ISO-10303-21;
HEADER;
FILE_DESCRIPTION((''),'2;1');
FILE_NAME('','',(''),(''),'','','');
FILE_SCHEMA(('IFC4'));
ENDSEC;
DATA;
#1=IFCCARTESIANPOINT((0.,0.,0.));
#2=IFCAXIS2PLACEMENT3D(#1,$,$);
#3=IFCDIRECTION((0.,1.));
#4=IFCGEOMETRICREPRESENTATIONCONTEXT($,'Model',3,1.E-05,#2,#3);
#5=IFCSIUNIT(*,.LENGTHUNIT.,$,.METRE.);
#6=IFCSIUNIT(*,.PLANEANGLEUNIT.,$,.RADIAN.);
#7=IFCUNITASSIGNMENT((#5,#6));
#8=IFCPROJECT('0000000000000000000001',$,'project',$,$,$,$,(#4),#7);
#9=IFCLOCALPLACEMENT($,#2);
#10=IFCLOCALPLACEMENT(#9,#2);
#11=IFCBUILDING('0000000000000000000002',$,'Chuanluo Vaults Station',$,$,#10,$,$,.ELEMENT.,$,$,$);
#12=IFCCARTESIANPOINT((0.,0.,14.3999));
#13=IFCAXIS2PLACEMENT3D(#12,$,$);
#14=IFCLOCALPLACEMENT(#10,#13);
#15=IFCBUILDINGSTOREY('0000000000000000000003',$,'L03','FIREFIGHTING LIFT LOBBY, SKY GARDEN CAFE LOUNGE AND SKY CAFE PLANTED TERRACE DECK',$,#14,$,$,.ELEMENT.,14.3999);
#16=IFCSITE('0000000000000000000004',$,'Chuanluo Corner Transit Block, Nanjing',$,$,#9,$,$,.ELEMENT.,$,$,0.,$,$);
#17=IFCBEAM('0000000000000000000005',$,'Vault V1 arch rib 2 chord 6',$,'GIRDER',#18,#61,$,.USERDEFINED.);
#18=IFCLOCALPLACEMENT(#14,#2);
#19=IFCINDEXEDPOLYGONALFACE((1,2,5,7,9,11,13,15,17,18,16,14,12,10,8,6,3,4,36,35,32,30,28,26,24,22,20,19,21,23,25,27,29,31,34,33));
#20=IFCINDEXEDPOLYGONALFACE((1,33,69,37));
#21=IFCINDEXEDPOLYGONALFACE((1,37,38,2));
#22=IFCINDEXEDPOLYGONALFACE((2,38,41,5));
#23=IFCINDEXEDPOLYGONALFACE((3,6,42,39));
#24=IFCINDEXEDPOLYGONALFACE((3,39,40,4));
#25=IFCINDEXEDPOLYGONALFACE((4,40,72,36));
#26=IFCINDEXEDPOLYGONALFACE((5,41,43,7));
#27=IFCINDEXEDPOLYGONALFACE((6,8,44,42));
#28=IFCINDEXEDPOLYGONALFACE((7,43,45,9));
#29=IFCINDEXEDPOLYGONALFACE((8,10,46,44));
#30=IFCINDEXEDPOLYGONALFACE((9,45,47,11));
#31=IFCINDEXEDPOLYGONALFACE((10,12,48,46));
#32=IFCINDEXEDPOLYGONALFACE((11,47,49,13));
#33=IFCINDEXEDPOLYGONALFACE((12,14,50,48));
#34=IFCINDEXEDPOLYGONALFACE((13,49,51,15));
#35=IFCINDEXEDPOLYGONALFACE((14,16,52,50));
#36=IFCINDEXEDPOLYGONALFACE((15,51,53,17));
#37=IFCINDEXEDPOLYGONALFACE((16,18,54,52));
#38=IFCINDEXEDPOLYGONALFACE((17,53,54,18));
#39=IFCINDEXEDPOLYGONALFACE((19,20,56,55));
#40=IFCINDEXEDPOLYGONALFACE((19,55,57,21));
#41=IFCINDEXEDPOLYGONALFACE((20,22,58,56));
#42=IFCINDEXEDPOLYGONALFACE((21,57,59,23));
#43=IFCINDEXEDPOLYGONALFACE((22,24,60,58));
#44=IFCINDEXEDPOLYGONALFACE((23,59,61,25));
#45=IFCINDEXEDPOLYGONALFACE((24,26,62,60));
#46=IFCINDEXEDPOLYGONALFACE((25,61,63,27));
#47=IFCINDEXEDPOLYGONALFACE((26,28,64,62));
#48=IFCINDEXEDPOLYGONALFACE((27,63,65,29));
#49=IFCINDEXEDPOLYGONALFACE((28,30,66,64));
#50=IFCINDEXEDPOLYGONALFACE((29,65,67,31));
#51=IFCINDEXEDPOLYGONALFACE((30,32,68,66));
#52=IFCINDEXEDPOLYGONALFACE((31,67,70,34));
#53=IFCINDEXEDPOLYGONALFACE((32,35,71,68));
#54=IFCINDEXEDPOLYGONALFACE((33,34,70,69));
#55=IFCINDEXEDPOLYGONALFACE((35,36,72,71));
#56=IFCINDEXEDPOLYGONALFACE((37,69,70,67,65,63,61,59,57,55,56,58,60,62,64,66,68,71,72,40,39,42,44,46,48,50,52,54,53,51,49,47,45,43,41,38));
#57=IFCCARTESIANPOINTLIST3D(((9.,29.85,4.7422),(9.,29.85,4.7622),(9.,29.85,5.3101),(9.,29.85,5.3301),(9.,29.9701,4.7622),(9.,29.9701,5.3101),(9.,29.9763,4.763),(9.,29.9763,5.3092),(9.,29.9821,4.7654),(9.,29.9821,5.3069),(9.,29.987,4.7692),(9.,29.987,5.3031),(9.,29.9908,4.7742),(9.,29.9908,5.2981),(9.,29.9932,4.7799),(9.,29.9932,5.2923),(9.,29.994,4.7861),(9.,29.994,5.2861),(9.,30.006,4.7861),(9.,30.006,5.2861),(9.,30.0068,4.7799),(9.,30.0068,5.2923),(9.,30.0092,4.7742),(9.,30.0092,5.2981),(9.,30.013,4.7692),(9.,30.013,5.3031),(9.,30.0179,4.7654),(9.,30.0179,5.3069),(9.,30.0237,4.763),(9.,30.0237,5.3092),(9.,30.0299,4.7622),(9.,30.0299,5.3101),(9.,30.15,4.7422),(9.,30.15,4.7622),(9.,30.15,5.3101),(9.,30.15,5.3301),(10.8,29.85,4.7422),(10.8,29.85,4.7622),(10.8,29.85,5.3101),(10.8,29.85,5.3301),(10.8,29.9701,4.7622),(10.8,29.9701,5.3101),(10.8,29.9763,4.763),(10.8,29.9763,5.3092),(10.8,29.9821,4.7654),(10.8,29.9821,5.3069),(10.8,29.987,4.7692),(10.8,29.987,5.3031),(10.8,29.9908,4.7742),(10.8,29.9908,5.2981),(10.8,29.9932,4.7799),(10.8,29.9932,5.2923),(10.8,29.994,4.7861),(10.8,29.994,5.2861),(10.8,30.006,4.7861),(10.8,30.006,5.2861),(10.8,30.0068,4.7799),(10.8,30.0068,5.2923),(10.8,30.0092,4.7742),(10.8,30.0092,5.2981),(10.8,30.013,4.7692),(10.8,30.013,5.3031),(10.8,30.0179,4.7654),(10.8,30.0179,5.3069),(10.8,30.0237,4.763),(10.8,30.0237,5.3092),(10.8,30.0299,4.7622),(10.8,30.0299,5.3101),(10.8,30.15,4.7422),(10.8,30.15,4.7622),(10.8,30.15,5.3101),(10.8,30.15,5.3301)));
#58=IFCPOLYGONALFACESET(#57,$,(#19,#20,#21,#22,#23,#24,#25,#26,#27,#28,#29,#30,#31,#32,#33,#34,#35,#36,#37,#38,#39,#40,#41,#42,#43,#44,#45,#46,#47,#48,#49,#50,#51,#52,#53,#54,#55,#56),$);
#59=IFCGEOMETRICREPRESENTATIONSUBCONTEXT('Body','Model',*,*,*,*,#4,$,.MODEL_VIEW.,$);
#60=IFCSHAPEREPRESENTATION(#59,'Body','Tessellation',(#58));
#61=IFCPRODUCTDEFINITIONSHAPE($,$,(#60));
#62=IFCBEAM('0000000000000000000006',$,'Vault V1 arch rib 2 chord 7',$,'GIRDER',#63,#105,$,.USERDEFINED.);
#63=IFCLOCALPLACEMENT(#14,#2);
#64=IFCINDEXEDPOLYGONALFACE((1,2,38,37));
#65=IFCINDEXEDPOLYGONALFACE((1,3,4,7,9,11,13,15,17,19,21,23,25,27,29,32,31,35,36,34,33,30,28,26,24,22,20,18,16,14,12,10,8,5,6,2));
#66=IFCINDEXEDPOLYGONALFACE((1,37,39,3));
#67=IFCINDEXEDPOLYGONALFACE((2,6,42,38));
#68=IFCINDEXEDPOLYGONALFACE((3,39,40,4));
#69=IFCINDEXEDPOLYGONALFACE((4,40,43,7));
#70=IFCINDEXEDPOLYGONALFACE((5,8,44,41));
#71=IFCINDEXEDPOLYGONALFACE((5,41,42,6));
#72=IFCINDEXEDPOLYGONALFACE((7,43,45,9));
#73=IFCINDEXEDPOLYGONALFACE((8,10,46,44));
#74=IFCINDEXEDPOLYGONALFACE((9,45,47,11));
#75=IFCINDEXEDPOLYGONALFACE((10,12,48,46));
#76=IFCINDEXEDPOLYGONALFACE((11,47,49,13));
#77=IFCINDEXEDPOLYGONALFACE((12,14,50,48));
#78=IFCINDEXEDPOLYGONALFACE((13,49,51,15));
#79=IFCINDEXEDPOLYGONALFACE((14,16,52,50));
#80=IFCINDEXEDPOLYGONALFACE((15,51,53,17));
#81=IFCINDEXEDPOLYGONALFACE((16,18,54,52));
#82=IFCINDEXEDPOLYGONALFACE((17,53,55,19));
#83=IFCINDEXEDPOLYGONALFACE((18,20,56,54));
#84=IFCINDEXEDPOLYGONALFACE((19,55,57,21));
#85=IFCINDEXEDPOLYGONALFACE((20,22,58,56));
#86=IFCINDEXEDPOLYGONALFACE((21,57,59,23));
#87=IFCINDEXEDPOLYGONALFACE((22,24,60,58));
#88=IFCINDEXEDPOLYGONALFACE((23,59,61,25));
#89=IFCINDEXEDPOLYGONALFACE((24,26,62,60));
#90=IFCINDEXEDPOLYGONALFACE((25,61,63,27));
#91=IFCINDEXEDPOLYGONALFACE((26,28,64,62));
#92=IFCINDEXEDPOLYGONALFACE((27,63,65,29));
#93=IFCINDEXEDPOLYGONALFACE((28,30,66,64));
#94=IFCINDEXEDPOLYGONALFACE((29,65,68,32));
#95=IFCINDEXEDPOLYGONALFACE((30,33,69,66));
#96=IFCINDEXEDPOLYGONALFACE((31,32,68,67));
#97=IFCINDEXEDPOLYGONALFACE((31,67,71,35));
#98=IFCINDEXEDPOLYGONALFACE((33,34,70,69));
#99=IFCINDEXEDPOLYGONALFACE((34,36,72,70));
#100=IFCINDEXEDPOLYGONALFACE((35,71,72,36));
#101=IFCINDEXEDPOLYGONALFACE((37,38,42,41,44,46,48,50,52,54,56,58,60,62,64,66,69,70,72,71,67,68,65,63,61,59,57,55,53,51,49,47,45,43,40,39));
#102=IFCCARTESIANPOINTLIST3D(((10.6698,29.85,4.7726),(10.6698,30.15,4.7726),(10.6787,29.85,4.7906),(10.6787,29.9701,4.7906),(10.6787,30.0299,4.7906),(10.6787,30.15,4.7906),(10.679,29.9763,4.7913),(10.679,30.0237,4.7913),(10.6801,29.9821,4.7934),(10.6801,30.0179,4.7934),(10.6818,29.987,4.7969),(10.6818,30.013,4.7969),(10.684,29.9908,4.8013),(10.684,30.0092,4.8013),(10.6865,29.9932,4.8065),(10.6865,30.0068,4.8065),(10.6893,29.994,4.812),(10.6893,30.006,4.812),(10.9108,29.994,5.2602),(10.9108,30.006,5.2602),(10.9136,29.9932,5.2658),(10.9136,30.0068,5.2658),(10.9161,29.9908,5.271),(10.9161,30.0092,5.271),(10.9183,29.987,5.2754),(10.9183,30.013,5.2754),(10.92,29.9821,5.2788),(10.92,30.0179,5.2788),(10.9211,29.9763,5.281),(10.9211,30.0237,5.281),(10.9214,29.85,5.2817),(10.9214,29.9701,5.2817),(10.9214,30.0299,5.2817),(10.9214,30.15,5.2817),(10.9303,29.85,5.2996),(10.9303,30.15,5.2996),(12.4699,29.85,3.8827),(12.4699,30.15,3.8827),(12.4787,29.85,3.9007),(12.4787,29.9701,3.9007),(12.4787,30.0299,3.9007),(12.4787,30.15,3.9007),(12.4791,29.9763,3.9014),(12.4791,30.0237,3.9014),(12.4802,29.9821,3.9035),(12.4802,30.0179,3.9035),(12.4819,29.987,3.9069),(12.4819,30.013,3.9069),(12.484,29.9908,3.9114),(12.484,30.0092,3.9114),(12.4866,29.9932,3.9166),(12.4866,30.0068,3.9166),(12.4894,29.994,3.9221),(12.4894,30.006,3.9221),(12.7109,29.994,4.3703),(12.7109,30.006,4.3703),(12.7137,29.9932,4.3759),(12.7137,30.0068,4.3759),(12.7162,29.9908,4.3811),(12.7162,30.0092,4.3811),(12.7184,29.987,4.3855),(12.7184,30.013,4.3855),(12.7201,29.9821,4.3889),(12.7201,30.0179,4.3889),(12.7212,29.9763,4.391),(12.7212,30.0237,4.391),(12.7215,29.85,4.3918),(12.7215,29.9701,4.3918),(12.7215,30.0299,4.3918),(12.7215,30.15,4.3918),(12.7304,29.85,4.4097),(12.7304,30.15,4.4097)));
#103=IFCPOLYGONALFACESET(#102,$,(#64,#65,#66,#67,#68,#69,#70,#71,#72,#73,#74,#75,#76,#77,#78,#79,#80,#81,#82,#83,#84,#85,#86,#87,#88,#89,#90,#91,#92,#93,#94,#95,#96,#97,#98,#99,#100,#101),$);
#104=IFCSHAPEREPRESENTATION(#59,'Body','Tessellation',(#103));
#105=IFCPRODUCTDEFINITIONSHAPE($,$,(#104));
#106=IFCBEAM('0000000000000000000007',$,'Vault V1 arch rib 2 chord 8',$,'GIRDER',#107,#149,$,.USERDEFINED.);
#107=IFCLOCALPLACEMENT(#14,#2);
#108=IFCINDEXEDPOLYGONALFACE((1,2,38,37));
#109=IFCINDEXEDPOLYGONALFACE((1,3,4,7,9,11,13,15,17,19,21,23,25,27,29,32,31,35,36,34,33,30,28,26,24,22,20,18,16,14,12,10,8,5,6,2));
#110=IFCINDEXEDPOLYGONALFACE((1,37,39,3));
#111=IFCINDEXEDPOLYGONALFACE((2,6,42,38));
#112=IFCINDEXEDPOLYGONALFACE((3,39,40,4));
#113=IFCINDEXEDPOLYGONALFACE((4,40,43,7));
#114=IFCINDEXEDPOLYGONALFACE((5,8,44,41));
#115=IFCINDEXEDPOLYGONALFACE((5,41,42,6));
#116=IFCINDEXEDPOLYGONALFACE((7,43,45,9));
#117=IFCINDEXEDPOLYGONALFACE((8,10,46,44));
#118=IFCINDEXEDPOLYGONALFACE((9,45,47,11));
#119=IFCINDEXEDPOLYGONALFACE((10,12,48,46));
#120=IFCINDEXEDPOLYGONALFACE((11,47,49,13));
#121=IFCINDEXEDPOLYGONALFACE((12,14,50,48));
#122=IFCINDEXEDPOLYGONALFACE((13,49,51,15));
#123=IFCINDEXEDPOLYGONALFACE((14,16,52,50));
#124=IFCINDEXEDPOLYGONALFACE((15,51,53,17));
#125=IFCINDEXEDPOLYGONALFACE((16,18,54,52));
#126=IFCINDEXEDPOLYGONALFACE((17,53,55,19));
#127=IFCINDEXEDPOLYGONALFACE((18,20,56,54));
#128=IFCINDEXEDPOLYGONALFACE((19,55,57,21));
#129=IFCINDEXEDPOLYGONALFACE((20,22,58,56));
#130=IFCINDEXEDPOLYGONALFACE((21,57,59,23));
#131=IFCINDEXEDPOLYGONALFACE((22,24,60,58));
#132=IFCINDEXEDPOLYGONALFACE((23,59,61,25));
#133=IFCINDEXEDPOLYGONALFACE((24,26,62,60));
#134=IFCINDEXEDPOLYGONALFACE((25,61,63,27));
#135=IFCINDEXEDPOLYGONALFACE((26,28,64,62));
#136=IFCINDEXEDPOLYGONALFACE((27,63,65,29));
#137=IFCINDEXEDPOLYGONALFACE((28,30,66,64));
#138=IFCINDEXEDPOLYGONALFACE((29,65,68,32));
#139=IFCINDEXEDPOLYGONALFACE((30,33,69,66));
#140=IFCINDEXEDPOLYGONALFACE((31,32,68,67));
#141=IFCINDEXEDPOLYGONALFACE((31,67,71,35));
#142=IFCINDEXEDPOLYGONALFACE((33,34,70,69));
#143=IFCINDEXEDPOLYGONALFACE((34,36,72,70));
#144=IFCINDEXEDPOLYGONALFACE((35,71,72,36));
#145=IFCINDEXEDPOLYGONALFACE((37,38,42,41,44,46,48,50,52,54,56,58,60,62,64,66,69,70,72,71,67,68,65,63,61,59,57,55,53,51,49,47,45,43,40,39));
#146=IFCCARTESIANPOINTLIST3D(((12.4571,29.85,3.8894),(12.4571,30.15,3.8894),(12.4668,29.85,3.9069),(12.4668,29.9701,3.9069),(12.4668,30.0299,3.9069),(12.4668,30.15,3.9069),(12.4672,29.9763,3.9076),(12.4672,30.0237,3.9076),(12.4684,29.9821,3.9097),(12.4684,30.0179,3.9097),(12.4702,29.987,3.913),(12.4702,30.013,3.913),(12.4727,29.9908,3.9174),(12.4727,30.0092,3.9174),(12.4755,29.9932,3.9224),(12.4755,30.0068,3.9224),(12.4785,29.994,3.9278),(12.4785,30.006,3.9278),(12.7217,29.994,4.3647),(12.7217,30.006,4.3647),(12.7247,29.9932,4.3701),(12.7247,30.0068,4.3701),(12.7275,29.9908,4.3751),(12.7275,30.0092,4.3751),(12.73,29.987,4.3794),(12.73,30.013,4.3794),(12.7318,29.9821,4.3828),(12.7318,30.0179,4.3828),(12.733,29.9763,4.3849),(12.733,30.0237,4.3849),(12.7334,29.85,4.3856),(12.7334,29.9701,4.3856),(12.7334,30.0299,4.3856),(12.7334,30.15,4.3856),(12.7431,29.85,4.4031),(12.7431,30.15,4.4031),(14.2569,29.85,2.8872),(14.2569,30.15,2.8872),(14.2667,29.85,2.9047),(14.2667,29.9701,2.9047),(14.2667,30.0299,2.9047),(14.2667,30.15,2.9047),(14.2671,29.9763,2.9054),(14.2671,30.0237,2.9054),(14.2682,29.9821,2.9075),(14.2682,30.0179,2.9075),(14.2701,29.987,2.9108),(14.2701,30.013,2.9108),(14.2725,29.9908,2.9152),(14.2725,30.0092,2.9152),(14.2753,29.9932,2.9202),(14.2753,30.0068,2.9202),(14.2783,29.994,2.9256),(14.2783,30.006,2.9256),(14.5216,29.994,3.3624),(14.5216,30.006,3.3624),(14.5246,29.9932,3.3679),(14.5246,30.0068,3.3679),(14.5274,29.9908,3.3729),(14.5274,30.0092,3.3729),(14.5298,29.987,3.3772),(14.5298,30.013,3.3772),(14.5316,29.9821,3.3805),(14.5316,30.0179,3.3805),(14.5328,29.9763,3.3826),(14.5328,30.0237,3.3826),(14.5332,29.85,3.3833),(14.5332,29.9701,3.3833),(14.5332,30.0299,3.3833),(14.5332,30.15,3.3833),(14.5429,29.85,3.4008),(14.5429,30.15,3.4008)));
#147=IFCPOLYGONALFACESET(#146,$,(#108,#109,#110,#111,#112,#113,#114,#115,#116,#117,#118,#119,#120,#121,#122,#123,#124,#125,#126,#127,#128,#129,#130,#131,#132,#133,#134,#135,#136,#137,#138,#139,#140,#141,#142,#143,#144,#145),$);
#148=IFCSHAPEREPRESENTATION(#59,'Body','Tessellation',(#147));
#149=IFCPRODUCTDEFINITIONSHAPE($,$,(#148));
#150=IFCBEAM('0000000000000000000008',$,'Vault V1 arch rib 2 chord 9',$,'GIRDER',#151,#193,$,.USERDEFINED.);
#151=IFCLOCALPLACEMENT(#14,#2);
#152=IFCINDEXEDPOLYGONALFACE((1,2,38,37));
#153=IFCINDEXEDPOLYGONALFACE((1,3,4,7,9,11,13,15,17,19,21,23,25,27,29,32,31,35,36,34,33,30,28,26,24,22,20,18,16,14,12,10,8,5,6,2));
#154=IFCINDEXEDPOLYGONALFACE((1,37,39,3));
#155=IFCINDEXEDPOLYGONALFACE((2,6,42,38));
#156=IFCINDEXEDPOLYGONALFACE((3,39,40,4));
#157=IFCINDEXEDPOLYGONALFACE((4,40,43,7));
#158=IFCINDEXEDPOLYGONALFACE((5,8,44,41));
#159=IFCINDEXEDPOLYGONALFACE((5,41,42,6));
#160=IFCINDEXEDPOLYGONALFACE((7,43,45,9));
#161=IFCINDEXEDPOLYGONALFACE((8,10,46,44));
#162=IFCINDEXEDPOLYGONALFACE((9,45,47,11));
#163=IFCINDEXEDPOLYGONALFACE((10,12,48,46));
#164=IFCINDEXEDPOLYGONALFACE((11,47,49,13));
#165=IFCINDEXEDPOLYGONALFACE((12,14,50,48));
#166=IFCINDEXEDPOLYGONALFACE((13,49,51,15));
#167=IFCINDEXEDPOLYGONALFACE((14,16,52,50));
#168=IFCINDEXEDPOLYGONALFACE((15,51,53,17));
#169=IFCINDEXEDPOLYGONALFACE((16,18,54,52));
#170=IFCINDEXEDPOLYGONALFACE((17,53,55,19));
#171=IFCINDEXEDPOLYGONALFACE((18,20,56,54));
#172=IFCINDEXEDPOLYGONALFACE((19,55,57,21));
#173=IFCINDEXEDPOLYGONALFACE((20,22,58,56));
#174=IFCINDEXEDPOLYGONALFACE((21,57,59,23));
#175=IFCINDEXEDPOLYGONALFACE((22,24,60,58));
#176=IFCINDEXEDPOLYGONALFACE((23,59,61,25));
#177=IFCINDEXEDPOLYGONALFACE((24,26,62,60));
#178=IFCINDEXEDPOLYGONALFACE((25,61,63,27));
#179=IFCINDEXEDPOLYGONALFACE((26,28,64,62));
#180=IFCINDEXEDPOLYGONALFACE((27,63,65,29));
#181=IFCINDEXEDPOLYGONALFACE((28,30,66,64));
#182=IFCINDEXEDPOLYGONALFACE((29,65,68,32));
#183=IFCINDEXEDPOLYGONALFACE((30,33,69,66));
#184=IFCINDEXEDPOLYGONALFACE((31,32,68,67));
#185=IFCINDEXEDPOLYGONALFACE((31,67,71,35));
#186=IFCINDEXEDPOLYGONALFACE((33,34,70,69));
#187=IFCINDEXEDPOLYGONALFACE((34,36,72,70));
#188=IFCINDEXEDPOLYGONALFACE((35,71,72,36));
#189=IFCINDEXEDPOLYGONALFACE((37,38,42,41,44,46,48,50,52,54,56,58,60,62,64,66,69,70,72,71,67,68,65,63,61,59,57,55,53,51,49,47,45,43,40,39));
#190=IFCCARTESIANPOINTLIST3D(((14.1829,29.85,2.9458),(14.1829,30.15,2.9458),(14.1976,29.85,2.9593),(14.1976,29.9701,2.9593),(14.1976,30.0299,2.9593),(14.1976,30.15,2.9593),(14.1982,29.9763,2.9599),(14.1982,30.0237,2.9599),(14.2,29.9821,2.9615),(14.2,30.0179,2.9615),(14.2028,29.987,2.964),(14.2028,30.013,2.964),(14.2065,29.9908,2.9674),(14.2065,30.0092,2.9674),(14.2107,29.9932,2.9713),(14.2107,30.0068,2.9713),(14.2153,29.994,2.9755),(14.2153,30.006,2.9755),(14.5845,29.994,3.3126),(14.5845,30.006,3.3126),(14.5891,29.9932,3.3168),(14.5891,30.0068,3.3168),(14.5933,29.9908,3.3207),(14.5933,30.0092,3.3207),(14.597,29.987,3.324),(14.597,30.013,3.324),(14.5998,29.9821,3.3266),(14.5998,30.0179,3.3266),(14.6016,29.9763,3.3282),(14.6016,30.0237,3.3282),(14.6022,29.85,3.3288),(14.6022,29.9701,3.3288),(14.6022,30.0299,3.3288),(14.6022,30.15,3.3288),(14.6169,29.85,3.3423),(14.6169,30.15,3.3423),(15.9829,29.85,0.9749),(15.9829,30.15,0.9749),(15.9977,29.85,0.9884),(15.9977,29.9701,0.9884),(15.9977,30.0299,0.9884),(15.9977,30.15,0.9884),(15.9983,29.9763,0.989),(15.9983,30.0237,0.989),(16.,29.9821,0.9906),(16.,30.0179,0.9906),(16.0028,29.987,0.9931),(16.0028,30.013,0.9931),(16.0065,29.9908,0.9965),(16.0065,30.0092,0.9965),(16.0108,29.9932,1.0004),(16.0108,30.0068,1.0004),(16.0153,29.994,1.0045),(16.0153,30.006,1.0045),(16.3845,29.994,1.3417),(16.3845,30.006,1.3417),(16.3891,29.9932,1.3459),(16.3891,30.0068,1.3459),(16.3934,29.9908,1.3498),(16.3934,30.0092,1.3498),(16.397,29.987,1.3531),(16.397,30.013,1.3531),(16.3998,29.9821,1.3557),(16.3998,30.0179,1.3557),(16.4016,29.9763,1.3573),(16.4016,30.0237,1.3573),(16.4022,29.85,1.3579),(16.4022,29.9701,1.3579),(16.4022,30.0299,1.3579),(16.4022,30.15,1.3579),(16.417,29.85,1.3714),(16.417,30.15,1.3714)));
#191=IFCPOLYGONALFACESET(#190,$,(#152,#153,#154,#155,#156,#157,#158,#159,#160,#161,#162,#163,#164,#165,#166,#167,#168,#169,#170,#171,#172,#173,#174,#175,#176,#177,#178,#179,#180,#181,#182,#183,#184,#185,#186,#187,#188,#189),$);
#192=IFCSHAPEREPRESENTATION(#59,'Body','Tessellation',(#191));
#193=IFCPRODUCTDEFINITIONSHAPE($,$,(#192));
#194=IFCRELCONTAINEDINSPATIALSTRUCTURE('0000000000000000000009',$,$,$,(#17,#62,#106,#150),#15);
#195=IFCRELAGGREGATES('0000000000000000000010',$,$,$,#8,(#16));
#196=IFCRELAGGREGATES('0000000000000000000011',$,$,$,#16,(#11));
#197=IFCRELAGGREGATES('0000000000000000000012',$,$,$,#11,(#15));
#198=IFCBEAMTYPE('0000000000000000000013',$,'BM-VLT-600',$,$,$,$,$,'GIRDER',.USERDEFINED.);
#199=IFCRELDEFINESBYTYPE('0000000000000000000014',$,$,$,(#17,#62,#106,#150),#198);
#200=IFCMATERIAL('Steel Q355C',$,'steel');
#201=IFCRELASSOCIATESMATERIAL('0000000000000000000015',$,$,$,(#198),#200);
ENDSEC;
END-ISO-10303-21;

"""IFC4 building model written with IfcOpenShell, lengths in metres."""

from ifc_helpers import new_model, si_unit, direction, frame, origin, origin_2d, place, context, subcontext, project, spatial, i_section, extrude, material, material_profile, profile_set, type_object, element, save


model = new_model("IFC4")

# Units and contexts
model_context = context("Model", 3, precision=1e-05, world=origin(), true_north=direction((0.0, 1.0)))
body_context = subcontext(model_context, "Body", "Model", "MODEL_VIEW")
ifc_project = project(units=[si_unit("LENGTHUNIT", "METRE"), si_unit("PLANEANGLEUNIT", "RADIAN")], contexts=[model_context])

# Site, building, storey
site_placement = place(None, origin())
site = spatial("IfcSite", under=ifc_project, at=site_placement, Name="Chuanluo Corner Transit Block, Nanjing", CompositionType="ELEMENT", RefElevation=0.0)
building_placement = place(site_placement, origin())
building = spatial("IfcBuilding", under=site, at=building_placement, Name="Chuanluo Vaults Station", CompositionType="ELEMENT")
storey_placement = place(building_placement, frame((0.0, 0.0, 14.3999)))
storey = spatial("IfcBuildingStorey", under=building, at=storey_placement, Name="L03", Description="FIREFIGHTING LIFT LOBBY, SKY GARDEN CAFE LOUNGE AND SKY CAFE PLANTED TERRACE DECK", CompositionType="ELEMENT", Elevation=14.3999)

# Beams
ifc_material_1 = material(Name="Steel Q355C", Category="steel")
ifc_material_profile_1 = material_profile(ifc_material_1, i_section(OverallWidth=0.3, OverallDepth=0.5879, WebThickness=0.012, FlangeThickness=0.02, FilletRadius=0.0239, at=origin_2d()))
ifc_profile_set_1 = profile_set([ifc_material_profile_1], Name="Steel Q355C")
beam_type = type_object("IfcBeamType", Name="BM-VLT-600", ElementType="GIRDER", PredefinedType="USERDEFINED", material=ifc_profile_set_1)
beam_1_placement = place(storey_placement, frame((9.0, 30.0, 5.0361), z_axis=(1.0, 0.0, 0.0), x_axis=(0.0, 1.0, 0.0)))
element("IfcBeam", 1, at=beam_1_placement, inside=storey, type_object=beam_type, Name="Vault V1 arch rib 2 chord 6", ObjectType="GIRDER", PredefinedType="USERDEFINED", context=body_context, shape_type="SweptSolid", body=[
    extrude(i_section(OverallWidth=0.3, OverallDepth=0.5879, WebThickness=0.012, FlangeThickness=0.02, FilletRadius=0.0239, at=origin_2d()), origin(), (0.0, 0.0, 1.0), 1.8),
])
beam_2_placement = place(storey_placement, frame((10.8, 30.0, 5.0361), z_axis=(0.896436, 0.0, -0.443172), x_axis=(0.0, 1.0, 0.0)))
element("IfcBeam", 2, at=beam_2_placement, inside=storey, type_object=beam_type, Name="Vault V1 arch rib 2 chord 7", ObjectType="GIRDER", PredefinedType="USERDEFINED", context=body_context, shape_type="SweptSolid", body=[
    extrude(i_section(OverallWidth=0.3, OverallDepth=0.5879, WebThickness=0.012, FlangeThickness=0.02, FilletRadius=0.0239, at=origin_2d()), origin(), (0.0, 0.0, 1.0), 2.0081),
])
beam_3_placement = place(storey_placement, frame((12.6001, 30.0, 4.1462), z_axis=(0.873682, 0.0, -0.486498), x_axis=(0.0, 1.0, 0.0)))
element("IfcBeam", 3, at=beam_3_placement, inside=storey, type_object=beam_type, Name="Vault V1 arch rib 2 chord 8", ObjectType="GIRDER", PredefinedType="USERDEFINED", context=body_context, shape_type="SweptSolid", body=[
    extrude(i_section(OverallWidth=0.3, OverallDepth=0.5879, WebThickness=0.012, FlangeThickness=0.02, FilletRadius=0.0239, at=origin_2d()), origin(), (0.0, 0.0, 1.0), 2.0601),
])
beam_4_placement = place(storey_placement, frame((14.3999, 30.0, 3.144), z_axis=(0.674369, 0.0, -0.738394), x_axis=(0.0, 1.0, 0.0)))
element("IfcBeam", 4, at=beam_4_placement, inside=storey, type_object=beam_type, Name="Vault V1 arch rib 2 chord 9", ObjectType="GIRDER", PredefinedType="USERDEFINED", context=body_context, shape_type="SweptSolid", body=[
    extrude(i_section(OverallWidth=0.3, OverallDepth=0.5879, WebThickness=0.012, FlangeThickness=0.02, FilletRadius=0.0239, at=origin_2d()), origin(), (0.0, 0.0, 1.0), 2.6692),
])

save(model, "model.ifc")
